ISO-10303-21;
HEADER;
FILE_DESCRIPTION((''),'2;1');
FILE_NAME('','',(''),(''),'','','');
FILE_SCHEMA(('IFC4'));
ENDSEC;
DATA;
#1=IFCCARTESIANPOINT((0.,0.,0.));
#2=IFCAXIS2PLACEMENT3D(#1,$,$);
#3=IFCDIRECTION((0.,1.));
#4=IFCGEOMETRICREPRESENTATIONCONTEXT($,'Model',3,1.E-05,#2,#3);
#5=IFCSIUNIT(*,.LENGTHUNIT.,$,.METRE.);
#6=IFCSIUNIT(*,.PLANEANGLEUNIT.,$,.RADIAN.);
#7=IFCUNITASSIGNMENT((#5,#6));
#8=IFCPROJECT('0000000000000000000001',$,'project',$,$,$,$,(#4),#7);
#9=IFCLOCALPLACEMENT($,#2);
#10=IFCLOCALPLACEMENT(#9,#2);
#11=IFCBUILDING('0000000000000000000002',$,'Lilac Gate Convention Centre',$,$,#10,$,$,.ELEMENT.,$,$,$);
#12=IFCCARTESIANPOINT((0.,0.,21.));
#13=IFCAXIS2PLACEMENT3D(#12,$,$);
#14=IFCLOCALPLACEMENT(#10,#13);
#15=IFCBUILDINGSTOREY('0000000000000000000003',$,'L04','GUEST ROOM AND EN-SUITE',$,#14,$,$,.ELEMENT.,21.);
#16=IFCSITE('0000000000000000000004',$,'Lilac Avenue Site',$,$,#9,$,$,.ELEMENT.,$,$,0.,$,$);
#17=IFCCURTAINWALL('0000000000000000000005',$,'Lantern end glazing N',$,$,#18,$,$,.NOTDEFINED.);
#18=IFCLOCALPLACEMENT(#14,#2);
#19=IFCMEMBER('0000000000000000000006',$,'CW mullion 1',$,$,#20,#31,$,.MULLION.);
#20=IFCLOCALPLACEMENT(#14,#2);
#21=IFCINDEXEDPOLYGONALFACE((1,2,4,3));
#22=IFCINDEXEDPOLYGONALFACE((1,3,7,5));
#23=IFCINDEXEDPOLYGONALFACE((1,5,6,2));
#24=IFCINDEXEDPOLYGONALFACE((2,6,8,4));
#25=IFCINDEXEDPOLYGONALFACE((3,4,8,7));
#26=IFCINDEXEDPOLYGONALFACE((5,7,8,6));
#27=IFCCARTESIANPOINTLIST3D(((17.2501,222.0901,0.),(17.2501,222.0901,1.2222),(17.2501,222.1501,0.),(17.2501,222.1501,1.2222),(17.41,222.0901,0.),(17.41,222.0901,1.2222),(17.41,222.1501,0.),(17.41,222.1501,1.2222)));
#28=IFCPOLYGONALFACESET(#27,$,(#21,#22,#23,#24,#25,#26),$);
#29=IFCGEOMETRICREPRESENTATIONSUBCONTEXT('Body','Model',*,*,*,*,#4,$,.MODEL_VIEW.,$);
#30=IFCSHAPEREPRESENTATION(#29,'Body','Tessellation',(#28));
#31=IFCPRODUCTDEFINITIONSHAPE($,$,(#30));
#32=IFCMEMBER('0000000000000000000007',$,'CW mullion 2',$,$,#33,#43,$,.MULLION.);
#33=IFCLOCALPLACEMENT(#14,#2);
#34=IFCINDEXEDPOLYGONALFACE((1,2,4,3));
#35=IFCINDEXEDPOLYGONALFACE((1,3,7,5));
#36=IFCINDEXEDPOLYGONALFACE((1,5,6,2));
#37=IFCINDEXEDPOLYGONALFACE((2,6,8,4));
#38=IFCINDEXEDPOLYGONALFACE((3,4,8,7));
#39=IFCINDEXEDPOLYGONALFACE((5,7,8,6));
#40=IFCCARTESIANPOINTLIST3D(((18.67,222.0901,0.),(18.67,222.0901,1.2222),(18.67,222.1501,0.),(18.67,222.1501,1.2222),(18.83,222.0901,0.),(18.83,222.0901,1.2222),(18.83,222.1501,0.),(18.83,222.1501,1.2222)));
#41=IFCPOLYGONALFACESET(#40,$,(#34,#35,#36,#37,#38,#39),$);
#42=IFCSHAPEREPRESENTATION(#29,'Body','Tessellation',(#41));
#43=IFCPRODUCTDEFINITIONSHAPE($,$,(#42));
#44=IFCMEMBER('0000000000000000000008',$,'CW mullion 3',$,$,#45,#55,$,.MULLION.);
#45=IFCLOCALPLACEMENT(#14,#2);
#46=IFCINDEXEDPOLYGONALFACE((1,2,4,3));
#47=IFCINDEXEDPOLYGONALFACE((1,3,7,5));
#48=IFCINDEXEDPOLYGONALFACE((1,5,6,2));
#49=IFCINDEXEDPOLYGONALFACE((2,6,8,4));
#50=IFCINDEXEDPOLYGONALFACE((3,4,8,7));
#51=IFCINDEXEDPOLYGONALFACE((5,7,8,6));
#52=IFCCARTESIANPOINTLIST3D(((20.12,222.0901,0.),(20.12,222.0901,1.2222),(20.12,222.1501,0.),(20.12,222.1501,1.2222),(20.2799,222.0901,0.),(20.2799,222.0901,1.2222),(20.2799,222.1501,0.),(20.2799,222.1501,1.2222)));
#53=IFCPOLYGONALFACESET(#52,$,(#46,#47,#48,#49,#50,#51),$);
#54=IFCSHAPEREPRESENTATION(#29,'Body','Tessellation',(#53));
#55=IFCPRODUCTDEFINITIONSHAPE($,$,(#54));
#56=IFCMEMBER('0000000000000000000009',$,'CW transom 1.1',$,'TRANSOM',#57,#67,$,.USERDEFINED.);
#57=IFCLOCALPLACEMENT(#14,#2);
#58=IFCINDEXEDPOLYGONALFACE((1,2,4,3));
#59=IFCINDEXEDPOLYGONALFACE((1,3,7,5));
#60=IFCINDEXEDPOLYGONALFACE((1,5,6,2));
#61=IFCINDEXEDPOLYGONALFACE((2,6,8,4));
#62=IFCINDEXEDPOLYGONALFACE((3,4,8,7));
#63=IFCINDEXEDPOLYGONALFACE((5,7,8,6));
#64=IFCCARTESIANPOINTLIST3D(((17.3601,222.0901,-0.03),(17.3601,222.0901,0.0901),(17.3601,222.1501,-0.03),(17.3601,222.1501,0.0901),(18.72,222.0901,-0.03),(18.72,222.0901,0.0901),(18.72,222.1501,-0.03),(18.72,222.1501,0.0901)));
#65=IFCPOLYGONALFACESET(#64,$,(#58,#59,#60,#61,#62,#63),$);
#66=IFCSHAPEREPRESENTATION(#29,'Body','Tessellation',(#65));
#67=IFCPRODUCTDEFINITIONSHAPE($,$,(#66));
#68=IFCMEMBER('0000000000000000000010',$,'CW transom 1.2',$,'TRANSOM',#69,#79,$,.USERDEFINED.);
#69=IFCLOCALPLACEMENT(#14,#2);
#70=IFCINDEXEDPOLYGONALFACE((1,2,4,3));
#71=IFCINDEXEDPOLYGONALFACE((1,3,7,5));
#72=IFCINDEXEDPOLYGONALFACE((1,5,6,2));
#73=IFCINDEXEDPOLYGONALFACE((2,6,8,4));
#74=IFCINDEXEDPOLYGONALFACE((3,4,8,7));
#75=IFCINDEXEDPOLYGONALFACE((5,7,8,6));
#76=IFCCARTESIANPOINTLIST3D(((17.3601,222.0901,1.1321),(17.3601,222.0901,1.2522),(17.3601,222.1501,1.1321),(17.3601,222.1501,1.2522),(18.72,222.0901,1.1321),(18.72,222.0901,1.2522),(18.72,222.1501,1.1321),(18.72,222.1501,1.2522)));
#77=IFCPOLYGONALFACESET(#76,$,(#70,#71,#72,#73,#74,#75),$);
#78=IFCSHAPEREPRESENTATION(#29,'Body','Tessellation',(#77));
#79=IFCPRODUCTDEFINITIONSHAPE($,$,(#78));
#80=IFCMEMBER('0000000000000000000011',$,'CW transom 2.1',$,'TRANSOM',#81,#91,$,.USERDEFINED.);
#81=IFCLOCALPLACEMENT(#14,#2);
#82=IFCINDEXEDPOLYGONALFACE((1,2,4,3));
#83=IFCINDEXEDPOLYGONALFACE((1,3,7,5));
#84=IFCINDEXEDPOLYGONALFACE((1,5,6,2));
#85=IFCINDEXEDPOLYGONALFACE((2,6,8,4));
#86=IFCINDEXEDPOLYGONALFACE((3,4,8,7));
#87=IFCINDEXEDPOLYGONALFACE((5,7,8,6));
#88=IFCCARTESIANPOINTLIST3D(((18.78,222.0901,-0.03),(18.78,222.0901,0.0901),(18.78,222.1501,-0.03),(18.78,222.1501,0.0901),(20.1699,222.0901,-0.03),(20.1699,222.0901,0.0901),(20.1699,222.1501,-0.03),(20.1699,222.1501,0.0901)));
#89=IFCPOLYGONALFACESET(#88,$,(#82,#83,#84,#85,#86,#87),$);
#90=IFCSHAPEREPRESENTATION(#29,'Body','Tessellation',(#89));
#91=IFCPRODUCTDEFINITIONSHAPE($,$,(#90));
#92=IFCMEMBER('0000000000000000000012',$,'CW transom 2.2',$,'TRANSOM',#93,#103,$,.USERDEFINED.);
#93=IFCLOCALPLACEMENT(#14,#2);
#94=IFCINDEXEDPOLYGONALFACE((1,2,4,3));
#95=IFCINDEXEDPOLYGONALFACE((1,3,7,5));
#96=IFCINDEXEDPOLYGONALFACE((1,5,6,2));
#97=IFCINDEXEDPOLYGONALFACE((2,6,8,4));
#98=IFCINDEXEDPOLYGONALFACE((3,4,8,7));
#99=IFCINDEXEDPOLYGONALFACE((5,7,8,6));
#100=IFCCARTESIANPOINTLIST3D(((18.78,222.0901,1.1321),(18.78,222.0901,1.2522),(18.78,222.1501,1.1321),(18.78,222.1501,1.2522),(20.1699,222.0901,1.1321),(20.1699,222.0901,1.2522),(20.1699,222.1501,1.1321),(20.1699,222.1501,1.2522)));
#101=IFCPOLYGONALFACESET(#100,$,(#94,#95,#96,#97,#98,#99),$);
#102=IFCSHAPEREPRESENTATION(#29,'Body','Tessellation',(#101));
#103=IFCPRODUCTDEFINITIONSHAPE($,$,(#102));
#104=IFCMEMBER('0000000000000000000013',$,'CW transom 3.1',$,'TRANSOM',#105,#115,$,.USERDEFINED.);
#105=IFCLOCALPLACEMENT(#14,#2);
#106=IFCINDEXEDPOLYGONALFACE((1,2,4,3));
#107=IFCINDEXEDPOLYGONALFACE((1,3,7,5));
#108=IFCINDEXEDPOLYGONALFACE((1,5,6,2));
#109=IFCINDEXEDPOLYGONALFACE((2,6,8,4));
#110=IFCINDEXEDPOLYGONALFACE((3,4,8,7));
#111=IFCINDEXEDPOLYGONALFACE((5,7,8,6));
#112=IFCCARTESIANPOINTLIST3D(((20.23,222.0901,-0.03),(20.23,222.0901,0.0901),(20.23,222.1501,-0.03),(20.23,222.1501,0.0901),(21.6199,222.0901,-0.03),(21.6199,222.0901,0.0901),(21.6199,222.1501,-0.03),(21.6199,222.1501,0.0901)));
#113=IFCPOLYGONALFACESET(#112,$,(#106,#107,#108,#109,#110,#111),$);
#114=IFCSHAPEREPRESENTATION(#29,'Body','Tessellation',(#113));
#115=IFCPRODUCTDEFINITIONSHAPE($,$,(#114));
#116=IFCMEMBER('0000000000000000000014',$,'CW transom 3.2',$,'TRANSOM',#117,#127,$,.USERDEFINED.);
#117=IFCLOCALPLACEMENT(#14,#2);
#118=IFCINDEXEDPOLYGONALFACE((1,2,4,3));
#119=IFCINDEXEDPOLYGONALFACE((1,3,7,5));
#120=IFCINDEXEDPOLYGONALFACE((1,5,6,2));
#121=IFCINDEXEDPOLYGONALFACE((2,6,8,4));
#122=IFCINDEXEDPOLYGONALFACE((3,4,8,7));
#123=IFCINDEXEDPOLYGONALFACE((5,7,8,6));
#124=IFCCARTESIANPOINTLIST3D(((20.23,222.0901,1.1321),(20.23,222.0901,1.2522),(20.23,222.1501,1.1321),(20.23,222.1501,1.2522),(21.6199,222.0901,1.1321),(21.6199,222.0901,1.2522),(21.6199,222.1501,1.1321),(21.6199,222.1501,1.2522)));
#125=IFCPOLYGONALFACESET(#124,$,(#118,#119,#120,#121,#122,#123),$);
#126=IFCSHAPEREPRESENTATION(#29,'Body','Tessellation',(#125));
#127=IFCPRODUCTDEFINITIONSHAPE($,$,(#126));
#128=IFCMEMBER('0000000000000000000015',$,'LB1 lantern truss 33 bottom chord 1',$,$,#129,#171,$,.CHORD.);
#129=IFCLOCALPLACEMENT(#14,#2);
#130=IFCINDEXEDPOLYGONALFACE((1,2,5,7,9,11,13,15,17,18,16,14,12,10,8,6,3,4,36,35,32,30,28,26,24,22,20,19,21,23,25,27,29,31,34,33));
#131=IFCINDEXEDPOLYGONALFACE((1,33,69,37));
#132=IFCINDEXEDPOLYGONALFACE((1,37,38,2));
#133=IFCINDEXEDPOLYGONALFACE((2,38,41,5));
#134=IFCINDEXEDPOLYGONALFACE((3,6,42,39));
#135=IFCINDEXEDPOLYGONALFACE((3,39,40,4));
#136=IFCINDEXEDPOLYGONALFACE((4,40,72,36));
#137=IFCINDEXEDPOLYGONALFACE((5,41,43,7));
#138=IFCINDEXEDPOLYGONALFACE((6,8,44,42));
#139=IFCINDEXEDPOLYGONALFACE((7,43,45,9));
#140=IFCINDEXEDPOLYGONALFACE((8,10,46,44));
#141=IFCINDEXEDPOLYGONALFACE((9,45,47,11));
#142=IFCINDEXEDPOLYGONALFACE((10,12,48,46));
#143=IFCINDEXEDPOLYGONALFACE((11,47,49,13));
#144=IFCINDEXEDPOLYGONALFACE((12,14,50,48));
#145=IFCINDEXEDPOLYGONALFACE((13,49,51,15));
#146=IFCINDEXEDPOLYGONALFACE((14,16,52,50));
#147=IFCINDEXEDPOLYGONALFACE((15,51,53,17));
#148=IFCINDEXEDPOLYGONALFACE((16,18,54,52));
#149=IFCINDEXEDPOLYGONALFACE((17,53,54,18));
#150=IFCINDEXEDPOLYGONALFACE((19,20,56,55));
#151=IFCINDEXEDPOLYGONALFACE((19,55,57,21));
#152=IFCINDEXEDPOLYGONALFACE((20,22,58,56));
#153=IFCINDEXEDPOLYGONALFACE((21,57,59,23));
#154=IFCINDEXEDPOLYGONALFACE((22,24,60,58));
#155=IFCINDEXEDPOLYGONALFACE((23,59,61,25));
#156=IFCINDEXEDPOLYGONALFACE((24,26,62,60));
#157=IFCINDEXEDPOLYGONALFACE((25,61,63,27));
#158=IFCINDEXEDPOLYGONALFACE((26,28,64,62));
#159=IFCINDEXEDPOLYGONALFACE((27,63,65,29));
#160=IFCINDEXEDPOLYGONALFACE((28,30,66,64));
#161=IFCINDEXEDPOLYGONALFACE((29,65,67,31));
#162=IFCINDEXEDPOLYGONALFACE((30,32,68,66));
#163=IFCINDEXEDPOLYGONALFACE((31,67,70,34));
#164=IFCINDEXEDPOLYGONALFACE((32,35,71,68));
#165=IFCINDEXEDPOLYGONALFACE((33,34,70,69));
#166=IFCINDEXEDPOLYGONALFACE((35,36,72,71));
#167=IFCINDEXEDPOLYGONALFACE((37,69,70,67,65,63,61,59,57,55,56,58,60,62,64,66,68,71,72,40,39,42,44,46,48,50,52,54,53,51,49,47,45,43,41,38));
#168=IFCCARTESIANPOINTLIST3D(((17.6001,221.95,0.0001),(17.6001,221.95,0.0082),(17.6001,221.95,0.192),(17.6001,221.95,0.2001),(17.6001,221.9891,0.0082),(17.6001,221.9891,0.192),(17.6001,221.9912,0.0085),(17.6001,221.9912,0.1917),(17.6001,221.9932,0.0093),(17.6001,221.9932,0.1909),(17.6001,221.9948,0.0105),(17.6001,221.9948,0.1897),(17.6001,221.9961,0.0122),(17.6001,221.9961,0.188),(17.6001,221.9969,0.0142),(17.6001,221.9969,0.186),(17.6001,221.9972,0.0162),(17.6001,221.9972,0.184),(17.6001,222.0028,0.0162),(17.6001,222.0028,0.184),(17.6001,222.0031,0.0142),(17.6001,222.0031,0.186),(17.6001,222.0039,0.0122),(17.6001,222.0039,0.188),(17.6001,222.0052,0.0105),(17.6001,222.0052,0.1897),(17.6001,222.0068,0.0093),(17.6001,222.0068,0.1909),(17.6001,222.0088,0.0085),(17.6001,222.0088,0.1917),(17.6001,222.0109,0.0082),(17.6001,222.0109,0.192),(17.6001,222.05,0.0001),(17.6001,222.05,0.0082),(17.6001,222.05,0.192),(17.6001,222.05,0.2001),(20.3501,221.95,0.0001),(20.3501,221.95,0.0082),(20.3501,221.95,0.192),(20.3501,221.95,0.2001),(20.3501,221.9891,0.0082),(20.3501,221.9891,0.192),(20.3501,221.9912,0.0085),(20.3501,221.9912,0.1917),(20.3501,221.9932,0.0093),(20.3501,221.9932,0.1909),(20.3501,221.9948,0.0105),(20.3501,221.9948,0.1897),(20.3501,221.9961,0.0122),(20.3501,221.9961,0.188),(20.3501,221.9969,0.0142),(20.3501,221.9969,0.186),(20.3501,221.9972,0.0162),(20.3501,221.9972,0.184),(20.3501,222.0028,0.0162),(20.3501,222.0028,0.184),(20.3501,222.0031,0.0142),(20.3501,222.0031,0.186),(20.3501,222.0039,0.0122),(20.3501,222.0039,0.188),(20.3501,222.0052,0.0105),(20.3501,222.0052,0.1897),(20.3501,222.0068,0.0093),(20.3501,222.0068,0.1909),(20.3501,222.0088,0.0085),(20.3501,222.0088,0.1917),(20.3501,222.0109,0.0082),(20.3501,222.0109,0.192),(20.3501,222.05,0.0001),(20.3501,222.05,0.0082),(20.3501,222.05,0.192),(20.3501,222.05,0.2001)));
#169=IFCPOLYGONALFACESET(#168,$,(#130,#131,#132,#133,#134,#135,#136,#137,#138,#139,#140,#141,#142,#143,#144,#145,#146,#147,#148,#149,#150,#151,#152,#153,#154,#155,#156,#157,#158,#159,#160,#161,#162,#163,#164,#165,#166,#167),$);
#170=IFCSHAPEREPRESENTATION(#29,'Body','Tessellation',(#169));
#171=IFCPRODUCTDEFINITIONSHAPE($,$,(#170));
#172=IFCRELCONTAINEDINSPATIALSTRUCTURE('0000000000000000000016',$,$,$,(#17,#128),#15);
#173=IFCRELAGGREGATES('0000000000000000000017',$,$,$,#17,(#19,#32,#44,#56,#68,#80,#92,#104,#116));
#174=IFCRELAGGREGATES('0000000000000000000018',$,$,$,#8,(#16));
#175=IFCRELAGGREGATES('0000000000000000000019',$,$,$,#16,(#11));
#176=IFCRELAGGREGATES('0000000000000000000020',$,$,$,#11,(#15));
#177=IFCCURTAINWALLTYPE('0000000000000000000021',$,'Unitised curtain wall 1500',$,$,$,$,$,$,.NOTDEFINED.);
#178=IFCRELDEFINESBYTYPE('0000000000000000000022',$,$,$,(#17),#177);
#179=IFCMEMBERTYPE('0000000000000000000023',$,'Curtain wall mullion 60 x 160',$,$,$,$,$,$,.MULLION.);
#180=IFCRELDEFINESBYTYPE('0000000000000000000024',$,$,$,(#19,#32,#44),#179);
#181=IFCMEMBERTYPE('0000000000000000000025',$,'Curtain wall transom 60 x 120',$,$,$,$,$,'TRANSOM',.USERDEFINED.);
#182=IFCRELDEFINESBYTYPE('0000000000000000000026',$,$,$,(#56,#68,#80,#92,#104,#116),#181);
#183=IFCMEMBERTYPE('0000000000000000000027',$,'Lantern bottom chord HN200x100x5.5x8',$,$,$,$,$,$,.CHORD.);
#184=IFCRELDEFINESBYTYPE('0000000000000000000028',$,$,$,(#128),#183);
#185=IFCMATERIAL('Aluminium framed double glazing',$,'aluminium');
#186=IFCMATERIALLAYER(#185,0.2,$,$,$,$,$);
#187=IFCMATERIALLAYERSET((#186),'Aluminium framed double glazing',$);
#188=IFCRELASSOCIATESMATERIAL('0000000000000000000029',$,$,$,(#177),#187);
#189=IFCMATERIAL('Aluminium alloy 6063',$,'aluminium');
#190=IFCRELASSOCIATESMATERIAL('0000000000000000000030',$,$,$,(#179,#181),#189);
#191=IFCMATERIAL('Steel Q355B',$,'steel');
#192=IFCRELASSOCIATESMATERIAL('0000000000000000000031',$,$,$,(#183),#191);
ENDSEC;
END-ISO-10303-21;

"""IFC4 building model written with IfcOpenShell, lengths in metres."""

from ifc_helpers import new_model, si_unit, direction, frame, origin, origin_2d, place, context, subcontext, project, spatial, rectangle, i_section, extrude, material, layer, layer_set, material_profile, profile_set, type_object, element, aggregate, save


model = new_model("IFC4")

# Units and contexts
model_context = context("Model", 3, precision=1e-05, world=origin(), true_north=direction((0.0, 1.0)))
body_context = subcontext(model_context, "Body", "Model", "MODEL_VIEW")
ifc_project = project(units=[si_unit("LENGTHUNIT", "METRE"), si_unit("PLANEANGLEUNIT", "RADIAN")], contexts=[model_context])

# Site, building, storey
site_placement = place(None, origin())
site = spatial("IfcSite", under=ifc_project, at=site_placement, Name="Lilac Avenue Site", CompositionType="ELEMENT", RefElevation=0.0)
building_placement = place(site_placement, origin())
building = spatial("IfcBuilding", under=site, at=building_placement, Name="Lilac Gate Convention Centre", CompositionType="ELEMENT")
storey_placement = place(building_placement, frame((0.0, 0.0, 21.0)))
storey = spatial("IfcBuildingStorey", under=building, at=storey_placement, Name="L04", Description="GUEST ROOM AND EN-SUITE", CompositionType="ELEMENT", Elevation=21.0)

# Curtain wall, members
ifc_material_1 = material(Name="Aluminium framed double glazing", Category="aluminium")
ifc_layer_1 = layer(ifc_material_1, 0.2)
ifc_layer_set_1 = layer_set([ifc_layer_1], Name="Aluminium framed double glazing")
curtain_wall_type = type_object("IfcCurtainWallType", Name="Unitised curtain wall 1500", PredefinedType="NOTDEFINED", material=ifc_layer_set_1)
curtain_wall_placement = place(storey_placement, origin())
curtain_wall = element("IfcCurtainWall", 1, at=curtain_wall_placement, inside=storey, type_object=curtain_wall_type, Name="Lantern end glazing N", PredefinedType="NOTDEFINED")
ifc_material_2 = material(Name="Aluminium alloy 6063", Category="aluminium")
ifc_material_profile_1 = material_profile(ifc_material_2, rectangle(XDim=0.0601, YDim=0.1599, at=origin_2d()), Name="Curtain wall mullion 60 x 160")
ifc_profile_set_1 = profile_set([ifc_material_profile_1], Name="Aluminium alloy 6063")
member_type_1 = type_object("IfcMemberType", Name="Curtain wall mullion 60 x 160", PredefinedType="MULLION", material=ifc_profile_set_1)
member_1_placement = place(storey_placement, frame((17.3301, 222.1201, 0.0), z_axis=(0.0, 0.0, 1.0), x_axis=(0.0, 1.0, 0.0)))
member_1 = element("IfcMember", 2, at=member_1_placement, type_object=member_type_1, Name="CW mullion 1", PredefinedType="MULLION", context=body_context, shape_type="SweptSolid", body=[
    extrude(rectangle(XDim=0.0601, YDim=0.1599, at=origin_2d()), origin(), (0.0, 0.0, 1.0), 1.2222),
])
member_2_placement = place(storey_placement, frame((18.75, 222.1201, 0.0), z_axis=(0.0, 0.0, 1.0), x_axis=(0.0, 1.0, 0.0)))
member_2 = element("IfcMember", 3, at=member_2_placement, type_object=member_type_1, Name="CW mullion 2", PredefinedType="MULLION", context=body_context, shape_type="SweptSolid", body=[
    extrude(rectangle(XDim=0.0601, YDim=0.1599, at=origin_2d()), origin(), (0.0, 0.0, 1.0), 1.2222),
])
member_3_placement = place(storey_placement, frame((20.2, 222.1201, 0.0), z_axis=(0.0, 0.0, 1.0), x_axis=(0.0, 1.0, 0.0)))
member_3 = element("IfcMember", 4, at=member_3_placement, type_object=member_type_1, Name="CW mullion 3", PredefinedType="MULLION", context=body_context, shape_type="SweptSolid", body=[
    extrude(rectangle(XDim=0.0601, YDim=0.1599, at=origin_2d()), origin(), (0.0, 0.0, 1.0), 1.2222),
])
ifc_material_profile_2 = material_profile(ifc_material_2, rectangle(XDim=0.0601, YDim=0.1201, at=origin_2d()), Name="Curtain wall transom 60 x 120")
ifc_profile_set_2 = profile_set([ifc_material_profile_2], Name="Aluminium alloy 6063")
member_type_2 = type_object("IfcMemberType", Name="Curtain wall transom 60 x 120", ElementType="TRANSOM", PredefinedType="USERDEFINED", material=ifc_profile_set_2)
member_4_placement = place(storey_placement, frame((17.3601, 222.1201, 0.03), z_axis=(1.0, 0.0, 0.0), x_axis=(0.0, 1.0, 0.0)))
member_4 = element("IfcMember", 5, at=member_4_placement, type_object=member_type_2, Name="CW transom 1.1", ObjectType="TRANSOM", PredefinedType="USERDEFINED", context=body_context, shape_type="SweptSolid", body=[
    extrude(rectangle(XDim=0.0601, YDim=0.1201, at=origin_2d()), origin(), (0.0, 0.0, 1.0), 1.3599),
])
member_5_placement = place(storey_placement, frame((17.3601, 222.1201, 1.1921), z_axis=(1.0, 0.0, 0.0), x_axis=(0.0, 1.0, 0.0)))
member_5 = element("IfcMember", 6, at=member_5_placement, type_object=member_type_2, Name="CW transom 1.2", ObjectType="TRANSOM", PredefinedType="USERDEFINED", context=body_context, shape_type="SweptSolid", body=[
    extrude(rectangle(XDim=0.0601, YDim=0.1201, at=origin_2d()), origin(), (0.0, 0.0, 1.0), 1.3599),
])
member_6_placement = place(storey_placement, frame((18.78, 222.1201, 0.03), z_axis=(1.0, 0.0, 0.0), x_axis=(0.0, 1.0, 0.0)))
member_6 = element("IfcMember", 7, at=member_6_placement, type_object=member_type_2, Name="CW transom 2.1", ObjectType="TRANSOM", PredefinedType="USERDEFINED", context=body_context, shape_type="SweptSolid", body=[
    extrude(rectangle(XDim=0.0601, YDim=0.1201, at=origin_2d()), origin(), (0.0, 0.0, 1.0), 1.3899),
])
member_7_placement = place(storey_placement, frame((18.78, 222.1201, 1.1921), z_axis=(1.0, 0.0, 0.0), x_axis=(0.0, 1.0, 0.0)))
member_7 = element("IfcMember", 8, at=member_7_placement, type_object=member_type_2, Name="CW transom 2.2", ObjectType="TRANSOM", PredefinedType="USERDEFINED", context=body_context, shape_type="SweptSolid", body=[
    extrude(rectangle(XDim=0.0601, YDim=0.1201, at=origin_2d()), origin(), (0.0, 0.0, 1.0), 1.3899),
])
member_8_placement = place(storey_placement, frame((20.23, 222.1201, 0.03), z_axis=(1.0, 0.0, 0.0), x_axis=(0.0, 1.0, 0.0)))
member_8 = element("IfcMember", 9, at=member_8_placement, type_object=member_type_2, Name="CW transom 3.1", ObjectType="TRANSOM", PredefinedType="USERDEFINED", context=body_context, shape_type="SweptSolid", body=[
    extrude(rectangle(XDim=0.0601, YDim=0.1201, at=origin_2d()), origin(), (0.0, 0.0, 1.0), 1.3899),
])
member_9_placement = place(storey_placement, frame((20.23, 222.1201, 1.1921), z_axis=(1.0, 0.0, 0.0), x_axis=(0.0, 1.0, 0.0)))
member_9 = element("IfcMember", 10, at=member_9_placement, type_object=member_type_2, Name="CW transom 3.2", ObjectType="TRANSOM", PredefinedType="USERDEFINED", context=body_context, shape_type="SweptSolid", body=[
    extrude(rectangle(XDim=0.0601, YDim=0.1201, at=origin_2d()), origin(), (0.0, 0.0, 1.0), 1.3899),
])

# Member
ifc_material_3 = material(Name="Steel Q355B", Category="steel")
ifc_material_profile_3 = material_profile(ifc_material_3, i_section(OverallWidth=0.1001, OverallDepth=0.2, WebThickness=0.0056, FlangeThickness=0.0081, FilletRadius=0.0081, at=origin_2d()), Name="HN200x100x5.5x8")
ifc_profile_set_3 = profile_set([ifc_material_profile_3], Name="Steel Q355B")
member_type_3 = type_object("IfcMemberType", Name="Lantern bottom chord HN200x100x5.5x8", PredefinedType="CHORD", material=ifc_profile_set_3)
for number, where, z_axis, x_axis, name in (
    (11, (17.6001, 222.0, 0.1001), (1.0, 0.0, 0.0), (0.0, 1.0, 0.0), "LB1 lantern truss 33 bottom chord 1"),
):
    element("IfcMember", number, at=place(storey_placement, frame(where, z_axis=z_axis, x_axis=x_axis)), inside=storey, type_object=member_type_3, Name=name, PredefinedType="CHORD", context=body_context, shape_type="SweptSolid", body=[
        extrude(i_section(OverallWidth=0.1001, OverallDepth=0.2, WebThickness=0.0056, FlangeThickness=0.0081, FilletRadius=0.0081, at=origin_2d()), origin(), (0.0, 0.0, 1.0), 2.75),
    ])

aggregate(curtain_wall, [member_1, member_2, member_3, member_4, member_5, member_6, member_7, member_8, member_9])

save(model, "model.ifc")
